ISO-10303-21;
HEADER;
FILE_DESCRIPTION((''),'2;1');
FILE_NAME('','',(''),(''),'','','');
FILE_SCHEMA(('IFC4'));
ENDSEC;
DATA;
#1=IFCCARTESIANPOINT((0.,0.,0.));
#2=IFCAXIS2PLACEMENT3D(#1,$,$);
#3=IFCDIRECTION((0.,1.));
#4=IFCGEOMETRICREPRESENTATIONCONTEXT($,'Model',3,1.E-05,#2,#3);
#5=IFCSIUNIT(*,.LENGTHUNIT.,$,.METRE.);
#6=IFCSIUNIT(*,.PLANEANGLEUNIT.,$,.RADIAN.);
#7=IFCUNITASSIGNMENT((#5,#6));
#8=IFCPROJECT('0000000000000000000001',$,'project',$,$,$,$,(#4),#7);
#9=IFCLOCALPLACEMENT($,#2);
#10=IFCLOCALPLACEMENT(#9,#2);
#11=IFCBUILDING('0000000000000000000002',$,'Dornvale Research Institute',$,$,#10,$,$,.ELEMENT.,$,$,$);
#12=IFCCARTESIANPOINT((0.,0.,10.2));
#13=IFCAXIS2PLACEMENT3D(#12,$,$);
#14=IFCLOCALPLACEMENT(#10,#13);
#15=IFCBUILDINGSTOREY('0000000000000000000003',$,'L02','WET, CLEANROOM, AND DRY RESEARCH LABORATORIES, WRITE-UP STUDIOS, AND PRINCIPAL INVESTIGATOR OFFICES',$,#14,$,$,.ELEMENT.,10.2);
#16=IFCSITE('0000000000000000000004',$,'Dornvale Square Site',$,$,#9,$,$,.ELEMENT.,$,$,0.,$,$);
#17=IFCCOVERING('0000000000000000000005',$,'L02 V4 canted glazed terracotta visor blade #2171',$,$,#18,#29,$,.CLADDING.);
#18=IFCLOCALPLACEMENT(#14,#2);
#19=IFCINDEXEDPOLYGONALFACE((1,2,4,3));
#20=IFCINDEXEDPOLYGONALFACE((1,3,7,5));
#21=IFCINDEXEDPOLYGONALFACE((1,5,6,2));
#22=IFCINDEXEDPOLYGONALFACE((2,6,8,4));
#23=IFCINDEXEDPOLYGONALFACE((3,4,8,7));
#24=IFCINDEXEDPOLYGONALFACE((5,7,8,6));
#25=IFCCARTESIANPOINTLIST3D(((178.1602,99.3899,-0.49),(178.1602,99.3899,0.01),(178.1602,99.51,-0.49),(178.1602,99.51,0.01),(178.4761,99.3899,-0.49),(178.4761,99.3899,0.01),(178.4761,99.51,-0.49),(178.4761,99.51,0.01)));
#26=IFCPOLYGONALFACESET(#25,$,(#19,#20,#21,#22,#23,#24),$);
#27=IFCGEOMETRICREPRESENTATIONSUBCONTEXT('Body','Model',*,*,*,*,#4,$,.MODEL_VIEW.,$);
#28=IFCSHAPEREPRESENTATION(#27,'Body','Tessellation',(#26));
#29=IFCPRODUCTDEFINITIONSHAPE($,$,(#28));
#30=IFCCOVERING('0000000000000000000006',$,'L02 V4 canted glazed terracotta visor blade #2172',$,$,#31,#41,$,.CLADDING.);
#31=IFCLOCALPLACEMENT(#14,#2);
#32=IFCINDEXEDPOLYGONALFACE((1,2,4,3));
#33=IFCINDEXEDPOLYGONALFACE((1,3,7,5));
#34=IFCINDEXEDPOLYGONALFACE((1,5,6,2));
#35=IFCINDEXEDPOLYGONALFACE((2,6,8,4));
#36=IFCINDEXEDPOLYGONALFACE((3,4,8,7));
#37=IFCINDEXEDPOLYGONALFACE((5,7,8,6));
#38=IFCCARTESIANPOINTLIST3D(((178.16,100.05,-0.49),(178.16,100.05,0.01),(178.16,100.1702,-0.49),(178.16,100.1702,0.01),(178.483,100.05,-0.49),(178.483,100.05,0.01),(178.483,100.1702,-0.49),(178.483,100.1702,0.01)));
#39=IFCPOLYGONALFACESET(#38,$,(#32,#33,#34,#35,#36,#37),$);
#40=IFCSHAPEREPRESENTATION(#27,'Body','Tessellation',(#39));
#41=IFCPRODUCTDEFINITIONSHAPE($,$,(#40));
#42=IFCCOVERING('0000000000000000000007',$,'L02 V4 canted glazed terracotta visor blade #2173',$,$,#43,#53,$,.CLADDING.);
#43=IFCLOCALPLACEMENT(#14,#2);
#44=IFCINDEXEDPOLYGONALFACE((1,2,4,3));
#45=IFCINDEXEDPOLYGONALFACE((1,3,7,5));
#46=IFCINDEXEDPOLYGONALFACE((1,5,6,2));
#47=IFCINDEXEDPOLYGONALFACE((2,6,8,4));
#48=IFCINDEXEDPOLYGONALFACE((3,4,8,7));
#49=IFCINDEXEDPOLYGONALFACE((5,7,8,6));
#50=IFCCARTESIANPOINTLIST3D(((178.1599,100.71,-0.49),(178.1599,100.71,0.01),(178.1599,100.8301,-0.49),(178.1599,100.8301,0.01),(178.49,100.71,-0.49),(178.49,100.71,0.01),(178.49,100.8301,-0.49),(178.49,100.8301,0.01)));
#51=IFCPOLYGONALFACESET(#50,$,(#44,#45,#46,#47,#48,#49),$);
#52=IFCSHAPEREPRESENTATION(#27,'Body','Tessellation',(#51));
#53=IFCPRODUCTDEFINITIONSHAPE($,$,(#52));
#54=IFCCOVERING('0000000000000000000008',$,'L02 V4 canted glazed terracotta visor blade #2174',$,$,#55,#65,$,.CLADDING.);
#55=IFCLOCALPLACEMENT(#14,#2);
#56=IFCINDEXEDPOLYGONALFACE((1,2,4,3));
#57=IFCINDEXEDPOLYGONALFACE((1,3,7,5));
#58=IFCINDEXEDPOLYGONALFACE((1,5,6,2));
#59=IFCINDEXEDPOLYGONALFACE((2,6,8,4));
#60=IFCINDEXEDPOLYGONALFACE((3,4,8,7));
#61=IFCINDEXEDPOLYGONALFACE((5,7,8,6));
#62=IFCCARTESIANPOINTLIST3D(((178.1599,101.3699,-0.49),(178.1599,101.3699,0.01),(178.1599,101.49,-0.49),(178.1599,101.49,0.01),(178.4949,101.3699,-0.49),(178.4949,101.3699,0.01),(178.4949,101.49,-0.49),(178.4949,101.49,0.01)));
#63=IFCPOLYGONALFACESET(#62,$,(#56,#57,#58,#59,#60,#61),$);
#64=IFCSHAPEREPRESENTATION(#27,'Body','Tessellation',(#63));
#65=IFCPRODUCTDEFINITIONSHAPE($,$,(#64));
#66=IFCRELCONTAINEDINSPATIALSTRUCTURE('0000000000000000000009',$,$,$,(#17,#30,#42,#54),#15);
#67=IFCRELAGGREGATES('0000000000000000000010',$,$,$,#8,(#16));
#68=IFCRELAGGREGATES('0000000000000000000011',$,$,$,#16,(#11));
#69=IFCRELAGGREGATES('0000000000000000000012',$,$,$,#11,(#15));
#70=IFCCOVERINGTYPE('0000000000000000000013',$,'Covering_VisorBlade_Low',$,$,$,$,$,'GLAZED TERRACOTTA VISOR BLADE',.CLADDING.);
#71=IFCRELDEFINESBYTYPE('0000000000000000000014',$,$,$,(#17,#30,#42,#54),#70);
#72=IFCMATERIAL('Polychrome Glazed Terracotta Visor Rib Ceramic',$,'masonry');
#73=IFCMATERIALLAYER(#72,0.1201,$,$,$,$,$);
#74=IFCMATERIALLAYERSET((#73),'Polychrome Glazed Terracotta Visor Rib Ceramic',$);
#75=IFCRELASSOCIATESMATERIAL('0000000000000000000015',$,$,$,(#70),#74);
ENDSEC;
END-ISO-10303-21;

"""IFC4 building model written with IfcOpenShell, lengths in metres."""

from ifc_helpers import new_model, si_unit, direction, frame, origin, origin_2d, place, context, subcontext, project, spatial, rectangle, extrude, material, layer, layer_set, type_object, element, save


model = new_model("IFC4")

# Units and contexts
model_context = context("Model", 3, precision=1e-05, world=origin(), true_north=direction((0.0, 1.0)))
body_context = subcontext(model_context, "Body", "Model", "MODEL_VIEW")
ifc_project = project(units=[si_unit("LENGTHUNIT", "METRE"), si_unit("PLANEANGLEUNIT", "RADIAN")], contexts=[model_context])

# Site, building, storey
site_placement = place(None, origin())
site = spatial("IfcSite", under=ifc_project, at=site_placement, Name="Dornvale Square Site", CompositionType="ELEMENT", RefElevation=0.0)
building_placement = place(site_placement, origin())
building = spatial("IfcBuilding", under=site, at=building_placement, Name="Dornvale Research Institute", CompositionType="ELEMENT")
storey_placement = place(building_placement, frame((0.0, 0.0, 10.2)))
storey = spatial("IfcBuildingStorey", under=building, at=storey_placement, Name="L02", Description="WET, CLEANROOM, AND DRY RESEARCH LABORATORIES, WRITE-UP STUDIOS, AND PRINCIPAL INVESTIGATOR OFFICES", CompositionType="ELEMENT", Elevation=10.2)

# Coverings
ifc_material_1 = material(Name="Polychrome Glazed Terracotta Visor Rib Ceramic", Category="masonry")
ifc_layer_1 = layer(ifc_material_1, 0.1201)
ifc_layer_set_1 = layer_set([ifc_layer_1], Name="Polychrome Glazed Terracotta Visor Rib Ceramic")
covering_type = type_object("IfcCoveringType", Name="Covering_VisorBlade_Low", ElementType="GLAZED TERRACOTTA VISOR BLADE", PredefinedType="CLADDING", material=ifc_layer_set_1)
covering_1_placement = place(storey_placement, frame((178.3181, 99.45, -0.49), z_axis=(0.0, 0.0, 1.0), x_axis=(1.0, 0.0, 0.0)))
element("IfcCovering", 1, at=covering_1_placement, inside=storey, type_object=covering_type, Name="L02 V4 canted glazed terracotta visor blade #2171", PredefinedType="CLADDING", context=body_context, shape_type="SweptSolid", body=[
    extrude(rectangle(XDim=0.3159, YDim=0.1201, at=origin_2d()), origin(), (0.0, 0.0, 1.0), 0.5),
])
covering_2_placement = place(storey_placement, frame((178.3215, 100.1101, -0.49), z_axis=(0.0, 0.0, 1.0), x_axis=(1.0, 0.0, 0.0)))
element("IfcCovering", 2, at=covering_2_placement, inside=storey, type_object=covering_type, Name="L02 V4 canted glazed terracotta visor blade #2172", PredefinedType="CLADDING", context=body_context, shape_type="SweptSolid", body=[
    extrude(rectangle(XDim=0.323, YDim=0.1201, at=origin_2d()), origin(), (0.0, 0.0, 1.0), 0.5),
])
covering_3_placement = place(storey_placement, frame((178.325, 100.77, -0.49), z_axis=(0.0, 0.0, 1.0), x_axis=(1.0, 0.0, 0.0)))
element("IfcCovering", 3, at=covering_3_placement, inside=storey, type_object=covering_type, Name="L02 V4 canted glazed terracotta visor blade #2173", PredefinedType="CLADDING", context=body_context, shape_type="SweptSolid", body=[
    extrude(rectangle(XDim=0.3301, YDim=0.1201, at=origin_2d()), origin(), (0.0, 0.0, 1.0), 0.5),
])
covering_4_placement = place(storey_placement, frame((178.3274, 101.4299, -0.49), z_axis=(0.0, 0.0, 1.0), x_axis=(1.0, 0.0, 0.0)))
element("IfcCovering", 4, at=covering_4_placement, inside=storey, type_object=covering_type, Name="L02 V4 canted glazed terracotta visor blade #2174", PredefinedType="CLADDING", context=body_context, shape_type="SweptSolid", body=[
    extrude(rectangle(XDim=0.335, YDim=0.1201, at=origin_2d()), origin(), (0.0, 0.0, 1.0), 0.5),
])

save(model, "model.ifc")
